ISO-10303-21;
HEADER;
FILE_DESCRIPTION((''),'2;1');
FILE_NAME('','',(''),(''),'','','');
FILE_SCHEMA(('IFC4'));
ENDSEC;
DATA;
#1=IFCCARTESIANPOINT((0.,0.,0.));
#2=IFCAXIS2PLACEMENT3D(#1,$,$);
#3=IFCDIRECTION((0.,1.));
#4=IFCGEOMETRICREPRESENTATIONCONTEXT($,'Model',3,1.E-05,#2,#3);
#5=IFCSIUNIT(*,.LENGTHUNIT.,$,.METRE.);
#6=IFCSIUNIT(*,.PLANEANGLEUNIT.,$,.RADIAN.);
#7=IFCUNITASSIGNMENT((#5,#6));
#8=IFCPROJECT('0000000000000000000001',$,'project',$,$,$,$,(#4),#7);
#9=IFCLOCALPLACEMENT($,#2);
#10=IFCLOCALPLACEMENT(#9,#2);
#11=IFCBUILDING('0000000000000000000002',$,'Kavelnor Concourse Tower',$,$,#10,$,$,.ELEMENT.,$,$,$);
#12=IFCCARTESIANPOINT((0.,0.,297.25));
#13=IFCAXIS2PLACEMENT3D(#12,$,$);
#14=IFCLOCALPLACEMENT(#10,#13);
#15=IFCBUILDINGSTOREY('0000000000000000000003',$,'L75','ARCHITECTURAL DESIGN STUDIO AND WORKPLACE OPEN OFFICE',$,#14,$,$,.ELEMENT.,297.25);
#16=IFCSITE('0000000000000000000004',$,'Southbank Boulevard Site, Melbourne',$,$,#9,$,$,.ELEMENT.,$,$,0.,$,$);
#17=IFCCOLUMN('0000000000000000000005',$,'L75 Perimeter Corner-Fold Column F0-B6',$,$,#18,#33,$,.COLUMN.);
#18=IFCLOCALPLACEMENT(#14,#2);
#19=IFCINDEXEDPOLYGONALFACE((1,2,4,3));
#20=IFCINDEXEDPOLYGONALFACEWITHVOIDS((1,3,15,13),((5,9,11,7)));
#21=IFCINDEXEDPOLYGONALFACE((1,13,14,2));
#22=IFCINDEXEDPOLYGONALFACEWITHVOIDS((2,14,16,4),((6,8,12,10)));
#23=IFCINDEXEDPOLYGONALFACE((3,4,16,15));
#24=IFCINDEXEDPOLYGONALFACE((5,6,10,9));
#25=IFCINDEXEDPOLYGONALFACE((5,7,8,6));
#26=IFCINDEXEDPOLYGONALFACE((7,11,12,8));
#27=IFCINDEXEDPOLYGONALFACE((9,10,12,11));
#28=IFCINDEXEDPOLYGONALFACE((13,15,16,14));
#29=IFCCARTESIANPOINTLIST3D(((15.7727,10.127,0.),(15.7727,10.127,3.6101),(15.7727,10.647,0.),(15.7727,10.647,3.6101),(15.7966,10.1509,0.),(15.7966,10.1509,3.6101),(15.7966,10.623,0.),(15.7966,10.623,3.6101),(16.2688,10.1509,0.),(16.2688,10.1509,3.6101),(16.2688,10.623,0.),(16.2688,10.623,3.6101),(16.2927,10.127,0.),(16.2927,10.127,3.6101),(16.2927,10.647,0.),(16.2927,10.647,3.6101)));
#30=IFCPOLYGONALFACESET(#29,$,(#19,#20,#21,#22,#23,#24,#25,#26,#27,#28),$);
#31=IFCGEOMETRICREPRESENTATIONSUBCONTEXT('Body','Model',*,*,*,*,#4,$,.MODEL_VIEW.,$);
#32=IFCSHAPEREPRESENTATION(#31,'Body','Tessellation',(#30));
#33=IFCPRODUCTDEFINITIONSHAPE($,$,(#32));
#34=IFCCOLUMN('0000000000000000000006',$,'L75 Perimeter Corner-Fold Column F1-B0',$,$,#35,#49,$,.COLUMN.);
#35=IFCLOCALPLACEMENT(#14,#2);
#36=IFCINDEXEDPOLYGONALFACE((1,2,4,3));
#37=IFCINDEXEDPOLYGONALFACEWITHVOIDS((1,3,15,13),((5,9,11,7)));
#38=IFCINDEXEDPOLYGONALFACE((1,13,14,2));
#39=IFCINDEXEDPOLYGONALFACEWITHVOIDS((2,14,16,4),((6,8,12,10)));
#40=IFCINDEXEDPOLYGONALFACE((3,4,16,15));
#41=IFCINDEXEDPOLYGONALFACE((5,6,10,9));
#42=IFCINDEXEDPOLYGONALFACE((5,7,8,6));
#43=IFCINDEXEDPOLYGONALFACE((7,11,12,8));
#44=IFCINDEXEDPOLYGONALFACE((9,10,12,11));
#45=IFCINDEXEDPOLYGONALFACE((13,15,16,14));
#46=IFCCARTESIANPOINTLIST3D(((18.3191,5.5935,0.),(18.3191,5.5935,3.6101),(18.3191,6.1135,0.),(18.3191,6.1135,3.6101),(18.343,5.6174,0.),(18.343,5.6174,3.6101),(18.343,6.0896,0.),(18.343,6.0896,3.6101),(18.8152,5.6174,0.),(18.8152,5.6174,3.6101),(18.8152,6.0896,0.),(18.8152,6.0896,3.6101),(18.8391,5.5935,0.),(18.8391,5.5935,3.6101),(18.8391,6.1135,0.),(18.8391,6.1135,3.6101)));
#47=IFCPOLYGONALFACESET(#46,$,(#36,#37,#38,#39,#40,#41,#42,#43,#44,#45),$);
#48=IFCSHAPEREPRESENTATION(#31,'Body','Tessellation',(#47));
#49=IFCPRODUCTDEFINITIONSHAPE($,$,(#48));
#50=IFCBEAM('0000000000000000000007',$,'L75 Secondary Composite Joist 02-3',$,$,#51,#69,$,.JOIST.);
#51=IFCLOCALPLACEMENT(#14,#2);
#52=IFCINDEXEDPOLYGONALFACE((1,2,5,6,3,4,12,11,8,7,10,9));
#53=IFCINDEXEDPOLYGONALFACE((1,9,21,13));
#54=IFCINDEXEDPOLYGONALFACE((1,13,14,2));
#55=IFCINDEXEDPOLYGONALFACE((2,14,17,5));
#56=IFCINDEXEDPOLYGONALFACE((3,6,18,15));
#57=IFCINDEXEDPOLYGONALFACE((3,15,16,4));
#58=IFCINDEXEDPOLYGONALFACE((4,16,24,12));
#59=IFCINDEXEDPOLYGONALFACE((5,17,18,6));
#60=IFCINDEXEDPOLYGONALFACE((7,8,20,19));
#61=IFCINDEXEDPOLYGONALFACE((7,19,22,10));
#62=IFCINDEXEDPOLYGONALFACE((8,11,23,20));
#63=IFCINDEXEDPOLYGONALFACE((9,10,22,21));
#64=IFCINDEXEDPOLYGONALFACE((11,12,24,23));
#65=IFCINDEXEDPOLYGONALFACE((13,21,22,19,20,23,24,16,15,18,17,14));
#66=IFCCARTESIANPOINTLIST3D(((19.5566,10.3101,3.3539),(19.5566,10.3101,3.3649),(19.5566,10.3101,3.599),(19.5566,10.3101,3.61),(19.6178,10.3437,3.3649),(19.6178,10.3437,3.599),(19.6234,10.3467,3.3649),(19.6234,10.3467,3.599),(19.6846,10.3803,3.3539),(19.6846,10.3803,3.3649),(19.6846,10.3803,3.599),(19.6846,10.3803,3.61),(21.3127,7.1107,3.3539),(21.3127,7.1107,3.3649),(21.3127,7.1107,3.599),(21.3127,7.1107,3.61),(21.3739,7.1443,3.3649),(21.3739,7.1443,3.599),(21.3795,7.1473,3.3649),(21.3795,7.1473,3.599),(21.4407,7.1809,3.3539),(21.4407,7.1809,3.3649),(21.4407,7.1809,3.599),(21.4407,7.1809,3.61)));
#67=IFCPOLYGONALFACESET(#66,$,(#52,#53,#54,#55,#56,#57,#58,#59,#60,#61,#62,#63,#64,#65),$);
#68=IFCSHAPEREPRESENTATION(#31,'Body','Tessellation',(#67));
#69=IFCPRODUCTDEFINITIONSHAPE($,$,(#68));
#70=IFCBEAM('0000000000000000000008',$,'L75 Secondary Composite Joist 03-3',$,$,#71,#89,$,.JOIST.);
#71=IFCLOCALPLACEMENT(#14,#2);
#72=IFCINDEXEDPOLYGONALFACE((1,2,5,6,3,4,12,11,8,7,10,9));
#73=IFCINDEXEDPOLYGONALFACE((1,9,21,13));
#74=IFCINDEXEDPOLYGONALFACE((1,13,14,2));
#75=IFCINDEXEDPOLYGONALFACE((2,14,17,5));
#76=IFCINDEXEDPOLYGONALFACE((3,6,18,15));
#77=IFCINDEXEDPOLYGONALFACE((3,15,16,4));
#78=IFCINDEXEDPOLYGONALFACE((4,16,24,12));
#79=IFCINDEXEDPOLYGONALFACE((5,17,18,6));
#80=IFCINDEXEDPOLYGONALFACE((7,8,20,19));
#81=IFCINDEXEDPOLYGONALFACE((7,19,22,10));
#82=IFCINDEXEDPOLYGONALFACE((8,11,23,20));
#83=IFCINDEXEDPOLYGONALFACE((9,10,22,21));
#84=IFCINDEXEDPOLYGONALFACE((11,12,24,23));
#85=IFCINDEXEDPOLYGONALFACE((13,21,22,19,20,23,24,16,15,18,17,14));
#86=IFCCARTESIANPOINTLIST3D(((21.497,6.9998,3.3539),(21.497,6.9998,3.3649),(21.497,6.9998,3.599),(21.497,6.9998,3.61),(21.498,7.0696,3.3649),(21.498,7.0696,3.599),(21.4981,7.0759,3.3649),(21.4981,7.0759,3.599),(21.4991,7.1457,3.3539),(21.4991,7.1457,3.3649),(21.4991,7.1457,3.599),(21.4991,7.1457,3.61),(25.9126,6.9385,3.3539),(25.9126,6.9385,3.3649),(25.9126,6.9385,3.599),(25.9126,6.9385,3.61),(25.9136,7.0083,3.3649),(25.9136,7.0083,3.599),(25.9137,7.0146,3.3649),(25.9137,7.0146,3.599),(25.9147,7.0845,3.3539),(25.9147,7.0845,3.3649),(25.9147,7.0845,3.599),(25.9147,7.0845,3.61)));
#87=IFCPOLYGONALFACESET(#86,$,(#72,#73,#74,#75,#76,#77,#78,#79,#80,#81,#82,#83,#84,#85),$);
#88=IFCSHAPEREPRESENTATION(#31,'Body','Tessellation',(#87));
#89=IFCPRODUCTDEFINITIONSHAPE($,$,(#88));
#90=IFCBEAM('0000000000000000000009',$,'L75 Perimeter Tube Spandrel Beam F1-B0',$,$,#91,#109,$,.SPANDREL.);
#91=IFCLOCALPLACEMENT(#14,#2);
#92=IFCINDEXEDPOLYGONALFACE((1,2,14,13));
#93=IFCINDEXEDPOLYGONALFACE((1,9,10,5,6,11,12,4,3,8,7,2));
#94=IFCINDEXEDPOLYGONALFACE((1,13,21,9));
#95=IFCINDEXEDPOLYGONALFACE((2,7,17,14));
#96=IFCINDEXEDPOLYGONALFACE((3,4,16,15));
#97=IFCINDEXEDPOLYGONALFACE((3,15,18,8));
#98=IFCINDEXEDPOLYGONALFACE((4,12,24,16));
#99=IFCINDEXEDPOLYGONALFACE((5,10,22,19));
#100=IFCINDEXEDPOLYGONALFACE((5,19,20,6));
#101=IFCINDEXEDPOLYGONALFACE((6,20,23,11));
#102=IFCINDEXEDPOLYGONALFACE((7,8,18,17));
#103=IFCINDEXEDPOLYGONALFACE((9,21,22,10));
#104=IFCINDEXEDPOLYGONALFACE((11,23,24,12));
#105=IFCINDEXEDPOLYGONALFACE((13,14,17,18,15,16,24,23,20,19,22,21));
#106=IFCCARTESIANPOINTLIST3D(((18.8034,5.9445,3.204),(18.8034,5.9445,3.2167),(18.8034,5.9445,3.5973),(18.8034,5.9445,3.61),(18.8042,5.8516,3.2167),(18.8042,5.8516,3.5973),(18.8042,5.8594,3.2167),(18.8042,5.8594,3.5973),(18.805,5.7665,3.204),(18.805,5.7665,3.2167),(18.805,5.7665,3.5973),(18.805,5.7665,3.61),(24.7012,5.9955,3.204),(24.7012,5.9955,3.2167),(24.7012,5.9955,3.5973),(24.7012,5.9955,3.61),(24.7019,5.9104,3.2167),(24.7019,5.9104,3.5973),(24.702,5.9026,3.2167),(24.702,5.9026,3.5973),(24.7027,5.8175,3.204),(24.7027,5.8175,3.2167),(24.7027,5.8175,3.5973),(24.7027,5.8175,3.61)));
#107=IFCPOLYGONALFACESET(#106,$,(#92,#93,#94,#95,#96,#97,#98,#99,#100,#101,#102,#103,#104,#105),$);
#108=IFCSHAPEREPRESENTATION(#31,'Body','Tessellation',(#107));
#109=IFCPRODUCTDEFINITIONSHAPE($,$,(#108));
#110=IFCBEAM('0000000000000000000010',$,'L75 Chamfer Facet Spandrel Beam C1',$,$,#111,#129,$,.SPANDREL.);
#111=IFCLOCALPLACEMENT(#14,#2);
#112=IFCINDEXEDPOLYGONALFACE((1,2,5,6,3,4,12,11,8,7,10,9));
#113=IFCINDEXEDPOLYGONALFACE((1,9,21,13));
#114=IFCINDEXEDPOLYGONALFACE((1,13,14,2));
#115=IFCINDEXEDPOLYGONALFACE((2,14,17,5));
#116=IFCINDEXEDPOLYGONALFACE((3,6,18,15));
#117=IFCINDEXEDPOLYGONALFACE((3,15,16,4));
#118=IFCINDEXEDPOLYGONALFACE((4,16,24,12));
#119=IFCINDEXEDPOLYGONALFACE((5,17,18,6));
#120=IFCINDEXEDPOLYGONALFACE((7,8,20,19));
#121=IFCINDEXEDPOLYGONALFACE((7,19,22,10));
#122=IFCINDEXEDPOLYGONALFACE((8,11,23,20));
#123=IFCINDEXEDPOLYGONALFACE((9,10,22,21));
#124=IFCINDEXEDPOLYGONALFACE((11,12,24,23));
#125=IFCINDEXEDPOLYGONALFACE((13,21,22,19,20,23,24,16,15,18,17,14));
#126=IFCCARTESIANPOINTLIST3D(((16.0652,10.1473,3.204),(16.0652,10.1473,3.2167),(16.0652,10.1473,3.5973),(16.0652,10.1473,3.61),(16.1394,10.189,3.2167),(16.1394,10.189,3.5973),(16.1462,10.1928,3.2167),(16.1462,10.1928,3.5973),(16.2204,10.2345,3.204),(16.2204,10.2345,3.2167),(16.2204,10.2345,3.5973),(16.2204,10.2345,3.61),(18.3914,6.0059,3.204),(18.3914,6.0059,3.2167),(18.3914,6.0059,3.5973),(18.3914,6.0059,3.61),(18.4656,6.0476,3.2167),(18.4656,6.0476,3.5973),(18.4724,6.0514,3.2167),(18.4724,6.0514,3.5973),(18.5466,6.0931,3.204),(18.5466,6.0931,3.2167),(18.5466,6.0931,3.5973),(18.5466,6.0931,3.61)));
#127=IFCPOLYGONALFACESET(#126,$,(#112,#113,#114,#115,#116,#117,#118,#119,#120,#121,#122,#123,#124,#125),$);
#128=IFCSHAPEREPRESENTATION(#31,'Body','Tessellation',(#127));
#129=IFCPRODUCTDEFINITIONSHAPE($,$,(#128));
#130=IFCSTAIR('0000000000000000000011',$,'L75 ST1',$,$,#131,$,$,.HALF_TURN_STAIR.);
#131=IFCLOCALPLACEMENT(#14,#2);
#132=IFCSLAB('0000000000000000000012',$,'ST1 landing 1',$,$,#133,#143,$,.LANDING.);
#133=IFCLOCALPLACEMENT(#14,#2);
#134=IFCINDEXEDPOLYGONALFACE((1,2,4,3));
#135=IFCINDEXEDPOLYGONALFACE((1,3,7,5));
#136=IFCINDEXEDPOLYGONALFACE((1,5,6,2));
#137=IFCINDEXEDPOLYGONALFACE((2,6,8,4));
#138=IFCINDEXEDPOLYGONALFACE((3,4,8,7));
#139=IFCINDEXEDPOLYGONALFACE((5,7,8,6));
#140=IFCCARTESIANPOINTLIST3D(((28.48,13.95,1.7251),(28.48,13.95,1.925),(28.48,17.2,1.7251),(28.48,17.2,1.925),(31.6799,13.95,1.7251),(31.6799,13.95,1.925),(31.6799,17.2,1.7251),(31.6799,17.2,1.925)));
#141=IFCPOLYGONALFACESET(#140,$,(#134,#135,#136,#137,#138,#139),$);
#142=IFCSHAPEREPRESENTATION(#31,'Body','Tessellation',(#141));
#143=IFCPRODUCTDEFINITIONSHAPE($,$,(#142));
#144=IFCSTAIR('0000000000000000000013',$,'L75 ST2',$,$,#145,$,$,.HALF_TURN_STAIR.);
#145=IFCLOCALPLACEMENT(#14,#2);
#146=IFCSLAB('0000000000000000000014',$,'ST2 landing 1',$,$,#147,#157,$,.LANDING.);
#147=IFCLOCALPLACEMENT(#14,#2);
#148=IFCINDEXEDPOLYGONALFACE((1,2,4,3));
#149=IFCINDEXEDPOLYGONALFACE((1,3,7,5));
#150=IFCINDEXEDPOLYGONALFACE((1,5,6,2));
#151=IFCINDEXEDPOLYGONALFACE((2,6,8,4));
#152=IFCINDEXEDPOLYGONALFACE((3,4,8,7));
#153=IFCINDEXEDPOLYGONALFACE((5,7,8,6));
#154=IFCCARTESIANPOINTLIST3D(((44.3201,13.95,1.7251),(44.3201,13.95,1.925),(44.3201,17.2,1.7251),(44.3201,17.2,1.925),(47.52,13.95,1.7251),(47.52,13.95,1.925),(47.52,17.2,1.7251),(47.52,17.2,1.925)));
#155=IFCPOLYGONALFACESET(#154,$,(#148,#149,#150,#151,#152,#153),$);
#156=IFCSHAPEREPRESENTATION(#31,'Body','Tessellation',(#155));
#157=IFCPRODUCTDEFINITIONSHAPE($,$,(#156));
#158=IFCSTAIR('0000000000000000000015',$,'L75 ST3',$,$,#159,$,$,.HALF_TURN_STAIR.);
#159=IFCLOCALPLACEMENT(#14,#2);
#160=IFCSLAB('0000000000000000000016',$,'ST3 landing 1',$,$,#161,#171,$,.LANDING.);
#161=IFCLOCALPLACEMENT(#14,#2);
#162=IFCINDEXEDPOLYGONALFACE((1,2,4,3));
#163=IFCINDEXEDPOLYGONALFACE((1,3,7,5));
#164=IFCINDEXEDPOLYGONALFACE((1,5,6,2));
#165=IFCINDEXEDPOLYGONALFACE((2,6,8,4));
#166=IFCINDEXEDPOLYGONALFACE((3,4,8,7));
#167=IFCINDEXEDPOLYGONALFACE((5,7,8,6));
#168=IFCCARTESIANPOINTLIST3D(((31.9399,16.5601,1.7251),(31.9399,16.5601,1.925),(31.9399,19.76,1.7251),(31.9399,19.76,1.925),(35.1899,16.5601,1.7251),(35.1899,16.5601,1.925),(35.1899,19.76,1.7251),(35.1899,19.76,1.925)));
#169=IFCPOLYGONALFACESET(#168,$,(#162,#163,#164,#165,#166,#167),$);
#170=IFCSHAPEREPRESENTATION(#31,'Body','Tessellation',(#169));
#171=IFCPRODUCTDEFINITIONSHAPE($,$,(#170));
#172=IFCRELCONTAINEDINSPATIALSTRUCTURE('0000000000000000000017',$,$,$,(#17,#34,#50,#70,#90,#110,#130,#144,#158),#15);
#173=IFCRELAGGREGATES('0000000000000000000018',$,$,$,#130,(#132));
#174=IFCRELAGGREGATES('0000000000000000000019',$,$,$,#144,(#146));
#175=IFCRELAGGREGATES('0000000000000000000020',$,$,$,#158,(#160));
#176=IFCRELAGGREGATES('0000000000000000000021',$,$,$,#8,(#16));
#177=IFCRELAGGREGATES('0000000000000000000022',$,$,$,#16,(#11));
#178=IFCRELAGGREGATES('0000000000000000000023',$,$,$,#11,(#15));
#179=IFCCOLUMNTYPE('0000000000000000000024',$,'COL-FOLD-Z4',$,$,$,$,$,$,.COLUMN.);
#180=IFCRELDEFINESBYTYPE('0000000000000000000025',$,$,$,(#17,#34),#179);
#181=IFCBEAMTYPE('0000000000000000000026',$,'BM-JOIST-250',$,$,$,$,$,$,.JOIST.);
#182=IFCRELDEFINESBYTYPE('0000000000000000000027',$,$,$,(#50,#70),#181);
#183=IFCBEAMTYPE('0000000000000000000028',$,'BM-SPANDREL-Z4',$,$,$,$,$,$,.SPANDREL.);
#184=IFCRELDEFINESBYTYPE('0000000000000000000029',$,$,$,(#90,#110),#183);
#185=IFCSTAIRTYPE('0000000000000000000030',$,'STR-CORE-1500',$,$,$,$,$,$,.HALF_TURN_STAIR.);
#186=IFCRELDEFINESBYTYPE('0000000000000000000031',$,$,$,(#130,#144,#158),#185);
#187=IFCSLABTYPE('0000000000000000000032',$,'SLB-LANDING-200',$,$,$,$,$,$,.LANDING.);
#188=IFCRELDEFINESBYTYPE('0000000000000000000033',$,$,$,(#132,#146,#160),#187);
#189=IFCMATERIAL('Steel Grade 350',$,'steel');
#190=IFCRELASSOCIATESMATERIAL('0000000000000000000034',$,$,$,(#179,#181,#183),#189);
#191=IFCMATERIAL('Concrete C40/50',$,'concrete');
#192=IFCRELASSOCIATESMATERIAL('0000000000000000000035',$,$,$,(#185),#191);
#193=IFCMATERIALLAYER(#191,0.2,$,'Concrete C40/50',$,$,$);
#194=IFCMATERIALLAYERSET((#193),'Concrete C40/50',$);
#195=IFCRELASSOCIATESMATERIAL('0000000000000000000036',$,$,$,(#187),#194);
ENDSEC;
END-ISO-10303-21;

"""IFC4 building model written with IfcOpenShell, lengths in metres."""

from ifc_helpers import new_model, si_unit, direction, frame, origin, origin_2d, place, context, subcontext, project, spatial, polyline, hollow_rectangle, i_section, outline, extrude, material, layer, layer_set, material_profile, profile_set, type_object, element, aggregate, save


model = new_model("IFC4")

# Units and contexts
model_context = context("Model", 3, precision=1e-05, world=origin(), true_north=direction((0.0, 1.0)))
body_context = subcontext(model_context, "Body", "Model", "MODEL_VIEW")
ifc_project = project(units=[si_unit("LENGTHUNIT", "METRE"), si_unit("PLANEANGLEUNIT", "RADIAN")], contexts=[model_context])

# Site, building, storey
site_placement = place(None, origin())
site = spatial("IfcSite", under=ifc_project, at=site_placement, Name="Southbank Boulevard Site, Melbourne", CompositionType="ELEMENT", RefElevation=0.0)
building_placement = place(site_placement, origin())
building = spatial("IfcBuilding", under=site, at=building_placement, Name="Kavelnor Concourse Tower", CompositionType="ELEMENT")
storey_placement = place(building_placement, frame((0.0, 0.0, 297.25)))
storey = spatial("IfcBuildingStorey", under=building, at=storey_placement, Name="L75", Description="ARCHITECTURAL DESIGN STUDIO AND WORKPLACE OPEN OFFICE", CompositionType="ELEMENT", Elevation=297.25)

# Columns
ifc_material_1 = material(Name="Steel Grade 350", Category="steel")
ifc_material_profile_1 = material_profile(ifc_material_1, hollow_rectangle(XDim=0.52, YDim=0.52, WallThickness=0.0239, at=origin_2d()), Name="SHS 520x520x24")
ifc_profile_set_1 = profile_set([ifc_material_profile_1], Name="Steel Grade 350")
column_type = type_object("IfcColumnType", Name="COL-FOLD-Z4", PredefinedType="COLUMN", material=ifc_profile_set_1)
for number, where, z_axis, x_axis, name in (
    (1, (16.0327, 10.387, 0.0), (0.0, 0.0, 1.0), (1.0, 0.0, 0.0), "L75 Perimeter Corner-Fold Column F0-B6"),
    (2, (18.5791, 5.8535, 0.0), (0.0, 0.0, 1.0), (1.0, 0.0, 0.0), "L75 Perimeter Corner-Fold Column F1-B0"),
):
    element("IfcColumn", number, at=place(storey_placement, frame(where, z_axis=z_axis, x_axis=x_axis)), inside=storey, type_object=column_type, Name=name, PredefinedType="COLUMN", context=body_context, shape_type="SweptSolid", body=[
        extrude(hollow_rectangle(XDim=0.52, YDim=0.52, WallThickness=0.0239, at=origin_2d()), origin(), (0.0, 0.0, 1.0), 3.6101),
    ])

# Beams
ifc_material_profile_2 = material_profile(ifc_material_1, i_section(OverallWidth=0.146, OverallDepth=0.2561, WebThickness=0.0063, FlangeThickness=0.011, at=origin_2d()), Name="250UB37")
ifc_profile_set_2 = profile_set([ifc_material_profile_2], Name="Steel Grade 350")
beam_type_1 = type_object("IfcBeamType", Name="BM-JOIST-250", PredefinedType="JOIST", material=ifc_profile_set_2)
beam_1_placement = place(storey_placement, frame((19.6206, 10.3452, 3.4819), z_axis=(0.481161, -0.876632, 0.0), x_axis=(0.876632, 0.481161, 0.0)))
element("IfcBeam", 3, at=beam_1_placement, inside=storey, type_object=beam_type_1, Name="L75 Secondary Composite Joist 02-3", PredefinedType="JOIST", context=body_context, shape_type="SweptSolid", body=[
    extrude(i_section(OverallWidth=0.146, OverallDepth=0.2561, WebThickness=0.0063, FlangeThickness=0.011, at=origin_2d()), origin(), (0.0, 0.0, 1.0), 3.6497),
])
beam_2_placement = place(storey_placement, frame((21.498, 7.0728, 3.4819), z_axis=(0.999904, -0.013877, 0.0), x_axis=(0.013877, 0.999904, 0.0)))
element("IfcBeam", 4, at=beam_2_placement, inside=storey, type_object=beam_type_1, Name="L75 Secondary Composite Joist 03-3", PredefinedType="JOIST", context=body_context, shape_type="SweptSolid", body=[
    extrude(i_section(OverallWidth=0.146, OverallDepth=0.2561, WebThickness=0.0063, FlangeThickness=0.011, at=origin_2d()), origin(), (0.0, 0.0, 1.0), 4.416),
])
ifc_material_profile_3 = material_profile(ifc_material_1, i_section(OverallWidth=0.178, OverallDepth=0.406, WebThickness=0.0078, FlangeThickness=0.0127, at=origin_2d()), Name="410UB59")
ifc_profile_set_3 = profile_set([ifc_material_profile_3], Name="Steel Grade 350")
beam_type_2 = type_object("IfcBeamType", Name="BM-SPANDREL-Z4", PredefinedType="SPANDREL", material=ifc_profile_set_3)
beam_3_placement = place(storey_placement, frame((18.8042, 5.8555, 3.407), z_axis=(0.999963, 0.008651, 0.0), x_axis=(-0.008651, 0.999963, 0.0)))
element("IfcBeam", 5, at=beam_3_placement, inside=storey, type_object=beam_type_2, Name="L75 Perimeter Tube Spandrel Beam F1-B0", PredefinedType="SPANDREL", context=body_context, shape_type="SweptSolid", body=[
    extrude(i_section(OverallWidth=0.178, OverallDepth=0.406, WebThickness=0.0078, FlangeThickness=0.0127, at=origin_2d()), origin(), (0.0, 0.0, 1.0), 5.8979),
])
beam_4_placement = place(storey_placement, frame((16.1428, 10.1909, 3.407), z_axis=(0.489727, -0.871876, 0.0), x_axis=(0.871876, 0.489727, 0.0)))
element("IfcBeam", 6, at=beam_4_placement, inside=storey, type_object=beam_type_2, Name="L75 Chamfer Facet Spandrel Beam C1", PredefinedType="SPANDREL", context=body_context, shape_type="SweptSolid", body=[
    extrude(i_section(OverallWidth=0.178, OverallDepth=0.406, WebThickness=0.0078, FlangeThickness=0.0127, at=origin_2d()), origin(), (0.0, 0.0, 1.0), 4.75),
])

# Stairs, slabs
ifc_material_2 = material(Name="Concrete C40/50", Category="concrete")
stair_type = type_object("IfcStairType", Name="STR-CORE-1500", PredefinedType="HALF_TURN_STAIR", material=ifc_material_2)
stair_1_placement = place(storey_placement, origin())
stair_1 = element("IfcStair", 7, at=stair_1_placement, inside=storey, type_object=stair_type, Name="L75 ST1", PredefinedType="HALF_TURN_STAIR")
ifc_layer_1 = layer(ifc_material_2, 0.2, Name="Concrete C40/50")
ifc_layer_set_1 = layer_set([ifc_layer_1], Name="Concrete C40/50")
slab_type_1 = type_object("IfcSlabType", Name="SLB-LANDING-200", PredefinedType="LANDING", material=ifc_layer_set_1)
slab_1_placement = place(storey_placement, frame((0.0, 0.0, 1.7251)))
slab_1 = element("IfcSlab", 8, at=slab_1_placement, type_object=slab_type_1, Name="ST1 landing 1", PredefinedType="LANDING", context=body_context, shape_type="SweptSolid", body=[
    extrude(outline(polyline([(31.6799, 13.95), (31.6799, 17.2), (28.48, 17.2), (28.48, 13.95), (31.6799, 13.95)])), origin(), (0.0, 0.0, 1.0), 0.2),
])
aggregate(stair_1, [slab_1])
stair_2_placement = place(storey_placement, origin())
stair_2 = element("IfcStair", 9, at=stair_2_placement, inside=storey, type_object=stair_type, Name="L75 ST2", PredefinedType="HALF_TURN_STAIR")
slab_2_placement = place(storey_placement, frame((0.0, 0.0, 1.7251)))
slab_2 = element("IfcSlab", 10, at=slab_2_placement, type_object=slab_type_1, Name="ST2 landing 1", PredefinedType="LANDING", context=body_context, shape_type="SweptSolid", body=[
    extrude(outline(polyline([(47.52, 13.95), (47.52, 17.2), (44.3201, 17.2), (44.3201, 13.95), (47.52, 13.95)])), origin(), (0.0, 0.0, 1.0), 0.2),
])
aggregate(stair_2, [slab_2])
stair_3_placement = place(storey_placement, origin())
stair_3 = element("IfcStair", 11, at=stair_3_placement, inside=storey, type_object=stair_type, Name="L75 ST3", PredefinedType="HALF_TURN_STAIR")
slab_3_placement = place(storey_placement, frame((0.0, 0.0, 1.7251)))
slab_3 = element("IfcSlab", 12, at=slab_3_placement, type_object=slab_type_1, Name="ST3 landing 1", PredefinedType="LANDING", context=body_context, shape_type="SweptSolid", body=[
    extrude(outline(polyline([(35.1899, 19.76), (31.9399, 19.76), (31.9399, 16.5601), (35.1899, 16.5601), (35.1899, 19.76)])), origin(), (0.0, 0.0, 1.0), 0.2),
])
aggregate(stair_3, [slab_3])

save(model, "model.ifc")
